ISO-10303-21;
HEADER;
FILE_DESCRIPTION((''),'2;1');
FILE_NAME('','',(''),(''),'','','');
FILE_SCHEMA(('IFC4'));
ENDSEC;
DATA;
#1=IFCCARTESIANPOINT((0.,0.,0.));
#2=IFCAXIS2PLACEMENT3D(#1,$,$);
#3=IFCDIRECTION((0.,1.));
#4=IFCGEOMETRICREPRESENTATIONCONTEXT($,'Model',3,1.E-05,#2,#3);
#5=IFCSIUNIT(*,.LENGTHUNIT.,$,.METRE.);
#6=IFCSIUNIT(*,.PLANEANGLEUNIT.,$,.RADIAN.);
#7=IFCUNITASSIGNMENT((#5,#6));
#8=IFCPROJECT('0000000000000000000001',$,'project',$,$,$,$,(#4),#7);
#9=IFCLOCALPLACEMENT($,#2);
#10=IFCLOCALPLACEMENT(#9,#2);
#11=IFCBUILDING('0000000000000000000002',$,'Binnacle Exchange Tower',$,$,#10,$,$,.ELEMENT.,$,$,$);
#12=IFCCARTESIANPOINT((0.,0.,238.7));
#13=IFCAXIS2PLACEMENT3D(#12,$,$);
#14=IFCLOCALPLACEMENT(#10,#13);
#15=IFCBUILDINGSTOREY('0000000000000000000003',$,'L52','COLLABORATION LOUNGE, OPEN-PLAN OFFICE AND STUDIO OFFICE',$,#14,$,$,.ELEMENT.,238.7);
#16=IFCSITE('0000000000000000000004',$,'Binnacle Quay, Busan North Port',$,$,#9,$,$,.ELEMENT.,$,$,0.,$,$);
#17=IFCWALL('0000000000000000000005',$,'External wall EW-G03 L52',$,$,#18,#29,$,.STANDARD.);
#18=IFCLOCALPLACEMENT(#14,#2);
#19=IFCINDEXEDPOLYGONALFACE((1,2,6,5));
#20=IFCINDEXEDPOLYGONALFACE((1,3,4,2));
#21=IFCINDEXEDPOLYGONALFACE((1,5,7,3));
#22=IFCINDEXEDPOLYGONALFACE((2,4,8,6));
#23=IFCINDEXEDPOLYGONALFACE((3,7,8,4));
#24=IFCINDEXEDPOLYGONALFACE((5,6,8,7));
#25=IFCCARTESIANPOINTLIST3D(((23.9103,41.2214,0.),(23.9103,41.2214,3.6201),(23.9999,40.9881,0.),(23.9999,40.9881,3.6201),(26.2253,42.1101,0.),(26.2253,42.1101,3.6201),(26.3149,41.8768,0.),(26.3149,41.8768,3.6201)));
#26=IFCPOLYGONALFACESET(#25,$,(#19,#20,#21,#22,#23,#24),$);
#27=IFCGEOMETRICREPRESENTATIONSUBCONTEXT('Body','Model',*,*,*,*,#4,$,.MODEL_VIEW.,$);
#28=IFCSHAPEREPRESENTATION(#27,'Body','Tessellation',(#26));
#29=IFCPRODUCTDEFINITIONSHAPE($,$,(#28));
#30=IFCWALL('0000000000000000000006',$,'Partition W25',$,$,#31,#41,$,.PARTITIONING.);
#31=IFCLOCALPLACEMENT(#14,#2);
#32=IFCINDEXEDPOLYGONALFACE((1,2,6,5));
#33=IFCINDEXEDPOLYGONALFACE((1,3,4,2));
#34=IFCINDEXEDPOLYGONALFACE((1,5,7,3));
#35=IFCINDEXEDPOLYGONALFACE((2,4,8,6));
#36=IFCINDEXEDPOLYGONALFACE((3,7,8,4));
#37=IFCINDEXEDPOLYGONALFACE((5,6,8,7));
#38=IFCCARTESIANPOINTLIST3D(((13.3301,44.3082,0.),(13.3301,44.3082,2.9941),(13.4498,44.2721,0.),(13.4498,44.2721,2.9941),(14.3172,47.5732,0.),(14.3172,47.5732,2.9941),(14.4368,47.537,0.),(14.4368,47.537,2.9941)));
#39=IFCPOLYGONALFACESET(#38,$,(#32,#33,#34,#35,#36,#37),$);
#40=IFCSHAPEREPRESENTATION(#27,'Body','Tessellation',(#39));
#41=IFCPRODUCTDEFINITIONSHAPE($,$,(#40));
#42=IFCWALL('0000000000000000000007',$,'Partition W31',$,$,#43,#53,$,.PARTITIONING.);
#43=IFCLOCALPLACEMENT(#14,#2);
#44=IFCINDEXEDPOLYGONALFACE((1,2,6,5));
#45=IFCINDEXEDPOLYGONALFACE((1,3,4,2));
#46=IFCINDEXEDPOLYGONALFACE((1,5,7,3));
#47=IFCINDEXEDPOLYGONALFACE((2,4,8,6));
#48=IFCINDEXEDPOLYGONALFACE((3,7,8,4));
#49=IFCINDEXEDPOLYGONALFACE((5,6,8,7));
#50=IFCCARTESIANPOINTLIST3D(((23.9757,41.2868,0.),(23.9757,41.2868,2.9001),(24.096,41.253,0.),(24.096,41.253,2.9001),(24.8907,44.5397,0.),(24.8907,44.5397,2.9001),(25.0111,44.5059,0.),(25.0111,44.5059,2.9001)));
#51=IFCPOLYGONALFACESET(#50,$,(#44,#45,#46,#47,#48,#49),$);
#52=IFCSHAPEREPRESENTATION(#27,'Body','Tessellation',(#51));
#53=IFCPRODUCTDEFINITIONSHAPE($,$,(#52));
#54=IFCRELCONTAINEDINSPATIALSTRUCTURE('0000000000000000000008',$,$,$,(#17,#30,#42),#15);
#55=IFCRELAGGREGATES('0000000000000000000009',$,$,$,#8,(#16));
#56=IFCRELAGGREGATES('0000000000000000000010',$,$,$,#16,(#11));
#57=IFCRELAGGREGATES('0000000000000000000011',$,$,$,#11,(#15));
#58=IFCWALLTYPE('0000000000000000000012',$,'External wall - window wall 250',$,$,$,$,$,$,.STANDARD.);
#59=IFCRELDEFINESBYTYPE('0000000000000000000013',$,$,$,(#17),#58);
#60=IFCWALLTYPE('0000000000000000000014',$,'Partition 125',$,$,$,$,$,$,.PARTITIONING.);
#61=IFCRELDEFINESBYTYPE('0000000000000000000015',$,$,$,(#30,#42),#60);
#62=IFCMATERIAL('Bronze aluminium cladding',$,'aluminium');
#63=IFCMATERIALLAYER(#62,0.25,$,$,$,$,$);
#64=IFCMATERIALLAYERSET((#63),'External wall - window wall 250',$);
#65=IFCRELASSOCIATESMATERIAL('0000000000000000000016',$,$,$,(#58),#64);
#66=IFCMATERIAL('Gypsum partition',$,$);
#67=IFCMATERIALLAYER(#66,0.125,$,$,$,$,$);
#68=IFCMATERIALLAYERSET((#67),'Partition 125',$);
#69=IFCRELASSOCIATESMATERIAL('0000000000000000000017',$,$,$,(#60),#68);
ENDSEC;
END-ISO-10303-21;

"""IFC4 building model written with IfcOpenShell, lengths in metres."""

from ifc_helpers import new_model, si_unit, direction, frame, frame_2d, origin, place, context, subcontext, project, spatial, rectangle, extrude, material, layer, layer_set, type_object, element, save


model = new_model("IFC4")

# Units and contexts
model_context = context("Model", 3, precision=1e-05, world=origin(), true_north=direction((0.0, 1.0)))
body_context = subcontext(model_context, "Body", "Model", "MODEL_VIEW")
ifc_project = project(units=[si_unit("LENGTHUNIT", "METRE"), si_unit("PLANEANGLEUNIT", "RADIAN")], contexts=[model_context])

# Site, building, storey
site_placement = place(None, origin())
site = spatial("IfcSite", under=ifc_project, at=site_placement, Name="Binnacle Quay, Busan North Port", CompositionType="ELEMENT", RefElevation=0.0)
building_placement = place(site_placement, origin())
building = spatial("IfcBuilding", under=site, at=building_placement, Name="Binnacle Exchange Tower", CompositionType="ELEMENT")
storey_placement = place(building_placement, frame((0.0, 0.0, 238.7)))
storey = spatial("IfcBuildingStorey", under=building, at=storey_placement, Name="L52", Description="COLLABORATION LOUNGE, OPEN-PLAN OFFICE AND STUDIO OFFICE", CompositionType="ELEMENT", Elevation=238.7)

# Shared definitions
ifc_material_1 = material(Name="Bronze aluminium cladding", Category="aluminium")
ifc_layer_1 = layer(ifc_material_1, 0.25)
ifc_layer_set_1 = layer_set([ifc_layer_1], Name="External wall - window wall 250")
wall_type_1 = type_object("IfcWallType", Name="External wall - window wall 250", PredefinedType="STANDARD", material=ifc_layer_set_1)

# Walls
wall_1_placement = place(storey_placement, frame((26.27, 41.9934, 0.0), z_axis=(0.0, 0.0, 1.0), x_axis=(-0.933574, -0.358385, 0.0)))
element("IfcWall", 1, at=wall_1_placement, inside=storey, type_object=wall_type_1, Name="External wall EW-G03 L52", PredefinedType="STANDARD", context=body_context, shape_type="SweptSolid", body=[
    extrude(rectangle(XDim=2.4797, YDim=0.25, at=frame_2d((1.2397, 0.0))), origin(), (0.0, 0.0, 1.0), 3.6201),
])
ifc_material_2 = material(Name="Gypsum partition")
ifc_layer_2 = layer(ifc_material_2, 0.125)
ifc_layer_set_2 = layer_set([ifc_layer_2], Name="Partition 125")
wall_type_2 = type_object("IfcWallType", Name="Partition 125", PredefinedType="PARTITIONING", material=ifc_layer_set_2)
wall_2_placement = place(storey_placement, frame((13.3899, 44.29, 0.0), z_axis=(0.0, 0.0, 1.0), x_axis=(0.28939, 0.957211, 0.0)))
element("IfcWall", 2, at=wall_2_placement, inside=storey, type_object=wall_type_2, Name="Partition W25", PredefinedType="PARTITIONING", context=body_context, shape_type="SweptSolid", body=[
    extrude(rectangle(XDim=3.4109, YDim=0.125, at=frame_2d((1.7056, 0.0))), origin(), (0.0, 0.0, 1.0), 2.9941),
])
wall_3_placement = place(storey_placement, frame((24.0359, 41.27, 0.0), z_axis=(0.0, 0.0, 1.0), x_axis=(0.270787, 0.962639, 0.0)))
element("IfcWall", 3, at=wall_3_placement, inside=storey, type_object=wall_type_2, Name="Partition W31", PredefinedType="PARTITIONING", context=body_context, shape_type="SweptSolid", body=[
    extrude(rectangle(XDim=3.3792, YDim=0.125, at=frame_2d((1.6895, 0.0))), origin(), (0.0, 0.0, 1.0), 2.9001),
])

save(model, "model.ifc")
